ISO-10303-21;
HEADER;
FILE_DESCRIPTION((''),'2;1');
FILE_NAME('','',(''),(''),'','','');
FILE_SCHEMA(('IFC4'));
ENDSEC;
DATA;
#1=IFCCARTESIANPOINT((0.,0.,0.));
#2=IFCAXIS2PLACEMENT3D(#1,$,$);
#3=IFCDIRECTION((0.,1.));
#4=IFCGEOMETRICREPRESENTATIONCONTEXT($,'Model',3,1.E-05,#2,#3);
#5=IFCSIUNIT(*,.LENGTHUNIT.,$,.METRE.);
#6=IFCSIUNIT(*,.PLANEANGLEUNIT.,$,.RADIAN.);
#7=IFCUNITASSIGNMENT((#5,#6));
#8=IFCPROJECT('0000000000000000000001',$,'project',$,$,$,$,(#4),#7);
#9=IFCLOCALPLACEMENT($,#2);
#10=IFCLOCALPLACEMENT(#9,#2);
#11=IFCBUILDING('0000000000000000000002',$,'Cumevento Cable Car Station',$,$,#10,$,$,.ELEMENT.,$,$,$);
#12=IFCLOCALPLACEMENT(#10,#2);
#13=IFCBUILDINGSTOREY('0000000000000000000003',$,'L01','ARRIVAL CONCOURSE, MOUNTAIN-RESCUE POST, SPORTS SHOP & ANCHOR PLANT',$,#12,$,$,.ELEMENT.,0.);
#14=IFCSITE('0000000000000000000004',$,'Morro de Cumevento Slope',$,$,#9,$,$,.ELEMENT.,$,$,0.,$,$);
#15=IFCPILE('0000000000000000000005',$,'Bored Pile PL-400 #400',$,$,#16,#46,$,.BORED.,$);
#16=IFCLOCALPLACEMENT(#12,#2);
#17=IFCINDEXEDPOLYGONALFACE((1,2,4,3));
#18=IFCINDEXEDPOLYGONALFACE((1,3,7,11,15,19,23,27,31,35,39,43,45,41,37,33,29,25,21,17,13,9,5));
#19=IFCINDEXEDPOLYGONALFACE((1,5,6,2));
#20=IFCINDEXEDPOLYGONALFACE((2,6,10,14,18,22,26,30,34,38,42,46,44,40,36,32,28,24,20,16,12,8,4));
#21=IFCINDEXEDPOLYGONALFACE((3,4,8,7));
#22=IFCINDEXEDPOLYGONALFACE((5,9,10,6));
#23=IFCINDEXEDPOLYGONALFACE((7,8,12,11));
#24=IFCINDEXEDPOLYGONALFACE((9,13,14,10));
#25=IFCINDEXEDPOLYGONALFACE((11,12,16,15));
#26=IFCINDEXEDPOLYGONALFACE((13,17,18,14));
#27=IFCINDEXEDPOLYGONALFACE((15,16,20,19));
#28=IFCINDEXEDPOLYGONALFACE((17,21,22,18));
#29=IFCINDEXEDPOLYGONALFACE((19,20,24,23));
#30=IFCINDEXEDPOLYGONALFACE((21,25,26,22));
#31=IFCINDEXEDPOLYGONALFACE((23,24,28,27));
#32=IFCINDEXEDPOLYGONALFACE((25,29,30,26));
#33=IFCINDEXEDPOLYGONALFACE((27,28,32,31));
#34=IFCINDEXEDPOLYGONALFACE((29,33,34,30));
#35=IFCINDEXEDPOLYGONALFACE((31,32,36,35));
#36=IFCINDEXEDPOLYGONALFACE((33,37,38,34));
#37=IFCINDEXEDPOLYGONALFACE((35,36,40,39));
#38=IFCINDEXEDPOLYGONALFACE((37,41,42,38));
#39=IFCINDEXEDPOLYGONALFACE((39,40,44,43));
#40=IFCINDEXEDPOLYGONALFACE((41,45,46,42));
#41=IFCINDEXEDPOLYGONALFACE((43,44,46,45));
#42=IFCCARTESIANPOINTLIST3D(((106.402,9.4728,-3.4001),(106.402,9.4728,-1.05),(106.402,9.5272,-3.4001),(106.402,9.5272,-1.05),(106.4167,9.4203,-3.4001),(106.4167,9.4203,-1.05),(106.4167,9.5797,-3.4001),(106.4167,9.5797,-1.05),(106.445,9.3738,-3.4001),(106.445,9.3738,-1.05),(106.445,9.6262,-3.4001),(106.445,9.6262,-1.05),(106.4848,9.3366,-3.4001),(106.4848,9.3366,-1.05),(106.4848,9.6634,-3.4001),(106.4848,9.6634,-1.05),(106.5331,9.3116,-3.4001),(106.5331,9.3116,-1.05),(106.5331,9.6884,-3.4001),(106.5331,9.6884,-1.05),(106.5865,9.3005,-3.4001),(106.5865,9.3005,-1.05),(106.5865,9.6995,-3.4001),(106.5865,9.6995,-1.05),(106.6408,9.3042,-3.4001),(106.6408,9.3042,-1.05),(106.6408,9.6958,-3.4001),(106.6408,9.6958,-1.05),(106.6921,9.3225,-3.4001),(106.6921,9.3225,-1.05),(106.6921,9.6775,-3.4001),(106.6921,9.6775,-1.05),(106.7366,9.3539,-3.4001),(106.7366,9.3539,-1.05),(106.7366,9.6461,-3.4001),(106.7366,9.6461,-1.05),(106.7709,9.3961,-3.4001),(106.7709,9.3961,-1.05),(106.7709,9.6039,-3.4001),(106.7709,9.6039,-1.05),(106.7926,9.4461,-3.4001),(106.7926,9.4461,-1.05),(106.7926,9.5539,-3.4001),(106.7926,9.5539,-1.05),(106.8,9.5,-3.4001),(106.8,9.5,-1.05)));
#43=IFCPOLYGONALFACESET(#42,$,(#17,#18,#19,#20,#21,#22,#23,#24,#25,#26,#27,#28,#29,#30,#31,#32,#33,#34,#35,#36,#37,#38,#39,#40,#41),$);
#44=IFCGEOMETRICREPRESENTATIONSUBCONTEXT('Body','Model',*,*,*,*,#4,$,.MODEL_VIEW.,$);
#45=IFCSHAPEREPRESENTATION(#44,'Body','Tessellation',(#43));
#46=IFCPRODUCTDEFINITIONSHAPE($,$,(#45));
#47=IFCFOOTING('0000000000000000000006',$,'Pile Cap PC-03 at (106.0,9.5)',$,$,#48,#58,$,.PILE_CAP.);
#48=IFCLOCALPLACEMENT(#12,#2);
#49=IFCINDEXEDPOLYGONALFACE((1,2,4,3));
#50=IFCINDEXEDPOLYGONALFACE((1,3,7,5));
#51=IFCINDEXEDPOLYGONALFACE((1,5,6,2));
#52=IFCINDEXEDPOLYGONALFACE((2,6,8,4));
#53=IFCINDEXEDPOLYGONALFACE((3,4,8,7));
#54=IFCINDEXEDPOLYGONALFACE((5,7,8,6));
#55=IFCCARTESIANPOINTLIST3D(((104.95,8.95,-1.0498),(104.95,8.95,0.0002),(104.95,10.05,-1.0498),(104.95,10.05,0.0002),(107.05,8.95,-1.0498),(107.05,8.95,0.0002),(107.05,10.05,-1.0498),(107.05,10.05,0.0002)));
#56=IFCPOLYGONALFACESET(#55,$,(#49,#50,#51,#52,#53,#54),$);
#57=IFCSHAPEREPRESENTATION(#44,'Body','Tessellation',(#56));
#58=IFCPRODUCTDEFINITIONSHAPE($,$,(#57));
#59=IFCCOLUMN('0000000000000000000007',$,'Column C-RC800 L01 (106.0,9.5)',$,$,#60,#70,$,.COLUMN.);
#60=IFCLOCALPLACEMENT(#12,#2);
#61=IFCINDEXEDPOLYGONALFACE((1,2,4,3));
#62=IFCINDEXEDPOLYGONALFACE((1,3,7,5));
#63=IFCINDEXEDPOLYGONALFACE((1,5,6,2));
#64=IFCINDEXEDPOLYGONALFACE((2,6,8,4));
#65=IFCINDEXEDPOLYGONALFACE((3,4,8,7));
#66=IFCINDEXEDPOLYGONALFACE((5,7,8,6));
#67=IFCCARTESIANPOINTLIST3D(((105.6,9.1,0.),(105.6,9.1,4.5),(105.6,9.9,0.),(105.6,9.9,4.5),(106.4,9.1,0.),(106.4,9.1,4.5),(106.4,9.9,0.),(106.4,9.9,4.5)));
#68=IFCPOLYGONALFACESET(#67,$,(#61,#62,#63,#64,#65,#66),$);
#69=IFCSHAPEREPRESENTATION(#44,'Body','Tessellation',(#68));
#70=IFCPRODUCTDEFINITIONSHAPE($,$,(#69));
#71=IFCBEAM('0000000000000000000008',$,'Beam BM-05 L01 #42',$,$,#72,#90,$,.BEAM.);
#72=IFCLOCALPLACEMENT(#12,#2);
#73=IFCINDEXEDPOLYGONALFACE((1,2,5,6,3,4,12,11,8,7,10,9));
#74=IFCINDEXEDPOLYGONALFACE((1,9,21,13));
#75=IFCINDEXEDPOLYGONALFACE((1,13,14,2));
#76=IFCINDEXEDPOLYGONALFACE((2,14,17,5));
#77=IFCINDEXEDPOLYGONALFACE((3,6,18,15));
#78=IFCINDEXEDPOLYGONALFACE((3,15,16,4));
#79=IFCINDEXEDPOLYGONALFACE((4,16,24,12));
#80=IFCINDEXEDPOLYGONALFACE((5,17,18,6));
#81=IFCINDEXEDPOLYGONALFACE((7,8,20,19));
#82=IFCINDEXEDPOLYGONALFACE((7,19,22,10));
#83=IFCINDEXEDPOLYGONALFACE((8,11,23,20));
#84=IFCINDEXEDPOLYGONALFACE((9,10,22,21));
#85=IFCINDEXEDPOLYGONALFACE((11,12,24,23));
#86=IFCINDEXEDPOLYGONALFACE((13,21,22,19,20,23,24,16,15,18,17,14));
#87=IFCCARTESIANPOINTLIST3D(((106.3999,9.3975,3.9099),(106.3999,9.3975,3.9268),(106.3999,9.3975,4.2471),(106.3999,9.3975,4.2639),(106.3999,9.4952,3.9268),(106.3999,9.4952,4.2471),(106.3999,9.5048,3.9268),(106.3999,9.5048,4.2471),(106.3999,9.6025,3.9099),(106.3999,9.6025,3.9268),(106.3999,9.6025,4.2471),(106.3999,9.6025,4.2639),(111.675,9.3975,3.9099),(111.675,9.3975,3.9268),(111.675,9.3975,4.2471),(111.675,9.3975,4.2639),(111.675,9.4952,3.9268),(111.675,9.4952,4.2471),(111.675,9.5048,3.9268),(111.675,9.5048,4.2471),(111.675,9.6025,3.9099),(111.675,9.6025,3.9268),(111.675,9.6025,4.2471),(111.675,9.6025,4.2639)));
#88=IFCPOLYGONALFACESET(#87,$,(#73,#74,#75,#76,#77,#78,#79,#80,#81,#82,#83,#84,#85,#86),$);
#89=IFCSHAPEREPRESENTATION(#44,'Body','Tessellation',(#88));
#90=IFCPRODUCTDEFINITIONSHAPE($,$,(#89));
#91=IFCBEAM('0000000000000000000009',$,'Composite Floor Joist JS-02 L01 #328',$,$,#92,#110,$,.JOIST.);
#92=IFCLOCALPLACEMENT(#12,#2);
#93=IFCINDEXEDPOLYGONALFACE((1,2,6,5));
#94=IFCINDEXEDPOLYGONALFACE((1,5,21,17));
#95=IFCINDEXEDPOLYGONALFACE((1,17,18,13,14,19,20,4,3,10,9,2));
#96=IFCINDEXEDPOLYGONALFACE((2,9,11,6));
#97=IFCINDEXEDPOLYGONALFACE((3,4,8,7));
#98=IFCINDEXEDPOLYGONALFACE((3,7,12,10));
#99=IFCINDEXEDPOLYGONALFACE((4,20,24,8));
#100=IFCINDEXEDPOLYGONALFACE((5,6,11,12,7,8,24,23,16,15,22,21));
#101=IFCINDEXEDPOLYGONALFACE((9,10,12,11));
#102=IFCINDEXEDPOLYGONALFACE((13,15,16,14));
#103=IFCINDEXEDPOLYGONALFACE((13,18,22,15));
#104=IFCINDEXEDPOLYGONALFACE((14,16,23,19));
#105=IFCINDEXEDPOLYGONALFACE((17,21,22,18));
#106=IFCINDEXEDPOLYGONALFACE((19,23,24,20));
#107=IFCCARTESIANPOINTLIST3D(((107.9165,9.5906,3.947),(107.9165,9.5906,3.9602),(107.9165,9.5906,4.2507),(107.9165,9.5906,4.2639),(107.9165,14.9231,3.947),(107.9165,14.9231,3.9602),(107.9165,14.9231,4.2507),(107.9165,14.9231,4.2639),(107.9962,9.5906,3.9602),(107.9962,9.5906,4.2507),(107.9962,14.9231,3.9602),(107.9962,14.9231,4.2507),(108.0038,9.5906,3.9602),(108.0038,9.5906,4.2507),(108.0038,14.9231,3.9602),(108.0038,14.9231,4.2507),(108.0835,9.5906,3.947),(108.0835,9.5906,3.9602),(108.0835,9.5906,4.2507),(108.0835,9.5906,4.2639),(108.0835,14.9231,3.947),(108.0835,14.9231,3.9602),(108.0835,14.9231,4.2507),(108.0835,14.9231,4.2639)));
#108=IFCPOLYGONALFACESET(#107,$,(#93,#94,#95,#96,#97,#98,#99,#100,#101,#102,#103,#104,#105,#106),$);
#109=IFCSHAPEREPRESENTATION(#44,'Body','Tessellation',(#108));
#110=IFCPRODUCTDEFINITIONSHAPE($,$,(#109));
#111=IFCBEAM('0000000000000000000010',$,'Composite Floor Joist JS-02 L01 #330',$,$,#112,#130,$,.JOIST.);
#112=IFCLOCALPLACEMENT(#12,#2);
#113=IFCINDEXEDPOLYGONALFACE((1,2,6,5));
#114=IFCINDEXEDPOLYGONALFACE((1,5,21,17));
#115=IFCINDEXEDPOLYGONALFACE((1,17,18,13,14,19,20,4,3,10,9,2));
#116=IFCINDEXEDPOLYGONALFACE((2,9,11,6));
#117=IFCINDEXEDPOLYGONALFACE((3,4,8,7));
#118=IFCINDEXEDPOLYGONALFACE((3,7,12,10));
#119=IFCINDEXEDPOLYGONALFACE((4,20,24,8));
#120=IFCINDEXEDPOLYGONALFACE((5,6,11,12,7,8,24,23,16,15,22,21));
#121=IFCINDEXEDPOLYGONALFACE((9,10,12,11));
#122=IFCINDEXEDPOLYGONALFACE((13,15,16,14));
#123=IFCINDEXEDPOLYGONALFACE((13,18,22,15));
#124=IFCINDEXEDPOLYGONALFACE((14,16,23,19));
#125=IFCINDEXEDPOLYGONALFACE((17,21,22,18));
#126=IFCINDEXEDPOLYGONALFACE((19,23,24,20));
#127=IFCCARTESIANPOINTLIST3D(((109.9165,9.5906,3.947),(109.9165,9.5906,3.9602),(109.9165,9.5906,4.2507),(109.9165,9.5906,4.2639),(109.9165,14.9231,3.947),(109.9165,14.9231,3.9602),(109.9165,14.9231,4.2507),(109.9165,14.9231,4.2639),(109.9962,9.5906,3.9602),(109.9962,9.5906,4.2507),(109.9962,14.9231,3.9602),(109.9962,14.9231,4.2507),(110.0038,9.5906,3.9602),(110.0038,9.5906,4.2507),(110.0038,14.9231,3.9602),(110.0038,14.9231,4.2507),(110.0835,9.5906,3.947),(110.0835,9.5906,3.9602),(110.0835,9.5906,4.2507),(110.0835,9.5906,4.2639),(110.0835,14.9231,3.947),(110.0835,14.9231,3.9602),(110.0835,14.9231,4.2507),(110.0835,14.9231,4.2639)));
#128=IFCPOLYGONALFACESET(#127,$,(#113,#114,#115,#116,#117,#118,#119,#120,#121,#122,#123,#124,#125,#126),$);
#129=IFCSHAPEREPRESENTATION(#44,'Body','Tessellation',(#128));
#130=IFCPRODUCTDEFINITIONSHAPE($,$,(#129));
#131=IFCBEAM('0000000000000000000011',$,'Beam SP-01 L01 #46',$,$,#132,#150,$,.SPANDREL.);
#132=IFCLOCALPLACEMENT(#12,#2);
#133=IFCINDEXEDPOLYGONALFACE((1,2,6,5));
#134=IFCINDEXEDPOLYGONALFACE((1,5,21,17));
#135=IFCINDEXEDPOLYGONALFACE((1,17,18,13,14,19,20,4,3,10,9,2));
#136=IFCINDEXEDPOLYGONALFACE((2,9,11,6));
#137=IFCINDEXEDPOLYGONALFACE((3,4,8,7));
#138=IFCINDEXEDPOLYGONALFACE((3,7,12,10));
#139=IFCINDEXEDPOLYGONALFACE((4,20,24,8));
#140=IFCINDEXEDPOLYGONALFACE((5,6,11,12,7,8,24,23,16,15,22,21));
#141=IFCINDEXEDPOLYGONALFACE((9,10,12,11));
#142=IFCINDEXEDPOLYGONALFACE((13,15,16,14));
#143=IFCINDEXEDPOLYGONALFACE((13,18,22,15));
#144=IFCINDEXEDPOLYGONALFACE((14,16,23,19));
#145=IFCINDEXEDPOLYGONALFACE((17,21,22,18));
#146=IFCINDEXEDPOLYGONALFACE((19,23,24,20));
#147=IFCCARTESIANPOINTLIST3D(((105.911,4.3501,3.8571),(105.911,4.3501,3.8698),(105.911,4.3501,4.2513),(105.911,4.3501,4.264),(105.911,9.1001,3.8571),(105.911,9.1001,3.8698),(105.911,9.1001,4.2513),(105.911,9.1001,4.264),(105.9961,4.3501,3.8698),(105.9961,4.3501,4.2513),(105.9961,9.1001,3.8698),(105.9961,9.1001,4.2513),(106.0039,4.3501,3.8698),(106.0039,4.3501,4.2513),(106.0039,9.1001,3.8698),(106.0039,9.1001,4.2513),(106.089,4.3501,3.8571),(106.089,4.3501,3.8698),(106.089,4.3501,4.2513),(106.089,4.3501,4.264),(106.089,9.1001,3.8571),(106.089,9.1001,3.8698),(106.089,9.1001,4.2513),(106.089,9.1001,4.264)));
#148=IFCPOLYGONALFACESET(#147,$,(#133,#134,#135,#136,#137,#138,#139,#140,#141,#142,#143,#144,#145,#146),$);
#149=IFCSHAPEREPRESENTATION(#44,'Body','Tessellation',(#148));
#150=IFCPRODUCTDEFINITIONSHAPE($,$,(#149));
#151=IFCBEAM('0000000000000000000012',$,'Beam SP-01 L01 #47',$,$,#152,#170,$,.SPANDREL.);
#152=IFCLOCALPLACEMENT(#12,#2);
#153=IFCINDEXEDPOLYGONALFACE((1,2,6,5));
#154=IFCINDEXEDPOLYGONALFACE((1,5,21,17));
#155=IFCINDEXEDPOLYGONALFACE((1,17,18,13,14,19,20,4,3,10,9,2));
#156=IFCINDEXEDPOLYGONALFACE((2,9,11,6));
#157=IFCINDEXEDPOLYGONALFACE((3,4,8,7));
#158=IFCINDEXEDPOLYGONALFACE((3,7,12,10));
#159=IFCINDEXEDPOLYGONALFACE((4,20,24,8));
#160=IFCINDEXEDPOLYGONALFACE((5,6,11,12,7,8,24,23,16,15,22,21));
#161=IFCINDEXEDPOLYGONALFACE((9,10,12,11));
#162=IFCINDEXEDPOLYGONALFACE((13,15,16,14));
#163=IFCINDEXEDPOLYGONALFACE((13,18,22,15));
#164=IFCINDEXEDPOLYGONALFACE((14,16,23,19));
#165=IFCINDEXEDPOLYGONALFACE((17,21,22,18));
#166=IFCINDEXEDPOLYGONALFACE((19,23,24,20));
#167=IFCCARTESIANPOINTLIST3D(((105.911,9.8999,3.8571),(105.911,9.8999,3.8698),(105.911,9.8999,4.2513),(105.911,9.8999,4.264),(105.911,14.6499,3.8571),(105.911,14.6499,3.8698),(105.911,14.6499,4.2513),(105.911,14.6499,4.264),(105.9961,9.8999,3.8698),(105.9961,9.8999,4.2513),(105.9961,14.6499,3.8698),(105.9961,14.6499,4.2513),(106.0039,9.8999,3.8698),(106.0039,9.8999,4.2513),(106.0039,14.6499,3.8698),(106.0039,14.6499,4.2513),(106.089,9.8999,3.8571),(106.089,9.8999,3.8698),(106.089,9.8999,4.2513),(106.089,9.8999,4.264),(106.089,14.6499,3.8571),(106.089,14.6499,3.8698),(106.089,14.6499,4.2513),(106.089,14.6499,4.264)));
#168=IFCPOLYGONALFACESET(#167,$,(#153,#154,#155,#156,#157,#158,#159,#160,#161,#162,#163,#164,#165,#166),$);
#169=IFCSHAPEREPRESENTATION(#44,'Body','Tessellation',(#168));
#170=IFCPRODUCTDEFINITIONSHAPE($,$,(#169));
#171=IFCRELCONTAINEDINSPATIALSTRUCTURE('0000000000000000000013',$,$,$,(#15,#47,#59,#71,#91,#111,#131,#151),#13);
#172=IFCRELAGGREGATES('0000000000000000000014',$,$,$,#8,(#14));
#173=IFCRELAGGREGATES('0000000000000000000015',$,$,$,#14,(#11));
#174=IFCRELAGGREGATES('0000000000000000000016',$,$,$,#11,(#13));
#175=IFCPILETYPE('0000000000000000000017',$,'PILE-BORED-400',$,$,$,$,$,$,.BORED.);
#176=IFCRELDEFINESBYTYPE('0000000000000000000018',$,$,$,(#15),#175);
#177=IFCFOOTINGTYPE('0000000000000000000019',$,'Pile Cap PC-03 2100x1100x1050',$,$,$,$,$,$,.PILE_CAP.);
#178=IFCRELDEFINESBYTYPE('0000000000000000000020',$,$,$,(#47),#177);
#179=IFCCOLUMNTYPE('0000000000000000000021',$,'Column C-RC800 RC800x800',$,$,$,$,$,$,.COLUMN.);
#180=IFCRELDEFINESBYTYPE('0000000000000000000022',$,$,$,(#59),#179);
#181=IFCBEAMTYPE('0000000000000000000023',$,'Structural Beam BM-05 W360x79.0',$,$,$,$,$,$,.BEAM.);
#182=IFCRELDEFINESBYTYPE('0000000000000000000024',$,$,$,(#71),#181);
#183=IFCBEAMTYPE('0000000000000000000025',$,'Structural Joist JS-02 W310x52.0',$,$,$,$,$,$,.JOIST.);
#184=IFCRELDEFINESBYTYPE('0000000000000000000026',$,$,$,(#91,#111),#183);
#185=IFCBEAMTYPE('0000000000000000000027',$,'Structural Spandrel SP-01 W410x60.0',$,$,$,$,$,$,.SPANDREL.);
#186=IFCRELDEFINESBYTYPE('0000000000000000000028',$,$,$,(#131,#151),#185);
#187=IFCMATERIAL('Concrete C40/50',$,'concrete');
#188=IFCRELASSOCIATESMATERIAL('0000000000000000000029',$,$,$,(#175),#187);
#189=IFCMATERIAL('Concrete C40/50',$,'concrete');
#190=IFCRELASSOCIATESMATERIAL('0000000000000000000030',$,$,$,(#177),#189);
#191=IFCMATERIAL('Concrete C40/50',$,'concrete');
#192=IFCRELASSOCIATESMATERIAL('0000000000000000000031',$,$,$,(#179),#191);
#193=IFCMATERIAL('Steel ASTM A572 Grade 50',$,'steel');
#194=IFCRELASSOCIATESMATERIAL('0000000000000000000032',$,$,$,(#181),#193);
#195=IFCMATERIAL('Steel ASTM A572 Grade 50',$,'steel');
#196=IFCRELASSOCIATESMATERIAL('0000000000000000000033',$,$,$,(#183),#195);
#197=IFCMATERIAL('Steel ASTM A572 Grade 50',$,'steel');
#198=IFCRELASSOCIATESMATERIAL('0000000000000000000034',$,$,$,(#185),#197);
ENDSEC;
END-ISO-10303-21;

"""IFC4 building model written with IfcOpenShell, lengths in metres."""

from ifc_helpers import new_model, si_unit, direction, frame, origin, origin_2d, place, context, subcontext, project, spatial, rectangle, circle, i_section, extrude, material, material_profile, profile_set, type_object, element, save


model = new_model("IFC4")

# Units and contexts
model_context = context("Model", 3, precision=1e-05, world=origin(), true_north=direction((0.0, 1.0)))
body_context = subcontext(model_context, "Body", "Model", "MODEL_VIEW")
ifc_project = project(units=[si_unit("LENGTHUNIT", "METRE"), si_unit("PLANEANGLEUNIT", "RADIAN")], contexts=[model_context])

# Site, building, storey
site_placement = place(None, origin())
site = spatial("IfcSite", under=ifc_project, at=site_placement, Name="Morro de Cumevento Slope", CompositionType="ELEMENT", RefElevation=0.0)
building_placement = place(site_placement, origin())
building = spatial("IfcBuilding", under=site, at=building_placement, Name="Cumevento Cable Car Station", CompositionType="ELEMENT")
storey_placement = place(building_placement, origin())
storey = spatial("IfcBuildingStorey", under=building, at=storey_placement, Name="L01", Description="ARRIVAL CONCOURSE, MOUNTAIN-RESCUE POST, SPORTS SHOP & ANCHOR PLANT", CompositionType="ELEMENT", Elevation=0.0)

# Pile
ifc_material_1 = material(Name="Concrete C40/50", Category="concrete")
ifc_material_profile_1 = material_profile(ifc_material_1, circle(Radius=0.2, at=origin_2d()), Name="PILE-D400")
ifc_profile_set_1 = profile_set([ifc_material_profile_1], Name="Concrete C40/50")
pile_type = type_object("IfcPileType", Name="PILE-BORED-400", PredefinedType="BORED", material=ifc_profile_set_1)
pile_placement = place(storey_placement, frame((106.6001, 9.5, -1.05), z_axis=(0.0, 0.0, -1.0), x_axis=(1.0, 0.0, 0.0)))
element("IfcPile", 1, at=pile_placement, inside=storey, type_object=pile_type, Name="Bored Pile PL-400 #400", PredefinedType="BORED", context=body_context, shape_type="SweptSolid", body=[
    extrude(circle(Radius=0.2, at=origin_2d()), origin(), (0.0, 0.0, 1.0), 2.3501),
])

# Footing
ifc_material_2 = material(Name="Concrete C40/50", Category="concrete")
footing_type = type_object("IfcFootingType", Name="Pile Cap PC-03 2100x1100x1050", PredefinedType="PILE_CAP", material=ifc_material_2)
footing_placement = place(storey_placement, frame((106.0, 9.5, -1.0498), z_axis=(0.0, 0.0, 1.0), x_axis=(1.0, 0.0, 0.0)))
element("IfcFooting", 2, at=footing_placement, inside=storey, type_object=footing_type, Name="Pile Cap PC-03 at (106.0,9.5)", PredefinedType="PILE_CAP", context=body_context, shape_type="SweptSolid", body=[
    extrude(rectangle(XDim=2.1001, YDim=1.1001, at=origin_2d()), origin(), (0.0, 0.0, 1.0), 1.05),
])

# Column
ifc_material_3 = material(Name="Concrete C40/50", Category="concrete")
ifc_material_profile_2 = material_profile(ifc_material_3, rectangle(XDim=0.8, YDim=0.8, at=origin_2d()), Name="RC800x800")
ifc_profile_set_2 = profile_set([ifc_material_profile_2], Name="Concrete C40/50")
column_type = type_object("IfcColumnType", Name="Column C-RC800 RC800x800", PredefinedType="COLUMN", material=ifc_profile_set_2)
column_placement = place(storey_placement, frame((106.0, 9.5, 0.0), z_axis=(0.0, 0.0, 1.0), x_axis=(1.0, 0.0, 0.0)))
element("IfcColumn", 3, at=column_placement, inside=storey, type_object=column_type, Name="Column C-RC800 L01 (106.0,9.5)", PredefinedType="COLUMN", context=body_context, shape_type="SweptSolid", body=[
    extrude(rectangle(XDim=0.8, YDim=0.8, at=origin_2d()), origin(), (0.0, 0.0, 1.0), 4.5),
])

# Beams
ifc_material_4 = material(Name="Steel ASTM A572 Grade 50", Category="steel")
ifc_material_profile_3 = material_profile(ifc_material_4, i_section(OverallWidth=0.2051, OverallDepth=0.354, WebThickness=0.0095, FlangeThickness=0.0168, at=origin_2d()), Name="W360x79.0")
ifc_profile_set_3 = profile_set([ifc_material_profile_3], Name="Steel ASTM A572 Grade 50")
beam_type_1 = type_object("IfcBeamType", Name="Structural Beam BM-05 W360x79.0", PredefinedType="BEAM", material=ifc_profile_set_3)
beam_placement = place(storey_placement, frame((106.3999, 9.5, 4.0869), z_axis=(1.0, 0.0, 0.0), x_axis=(0.0, 1.0, 0.0)))
element("IfcBeam", 4, at=beam_placement, inside=storey, type_object=beam_type_1, Name="Beam BM-05 L01 #42", PredefinedType="BEAM", context=body_context, shape_type="SweptSolid", body=[
    extrude(i_section(OverallWidth=0.2051, OverallDepth=0.354, WebThickness=0.0095, FlangeThickness=0.0168, at=origin_2d()), origin(), (0.0, 0.0, 1.0), 5.2751),
])
ifc_material_5 = material(Name="Steel ASTM A572 Grade 50", Category="steel")
ifc_material_profile_4 = material_profile(ifc_material_5, i_section(OverallWidth=0.167, OverallDepth=0.3169, WebThickness=0.0076, FlangeThickness=0.0132, at=origin_2d()), Name="W310x52.0")
ifc_profile_set_4 = profile_set([ifc_material_profile_4], Name="Steel ASTM A572 Grade 50")
beam_type_2 = type_object("IfcBeamType", Name="Structural Joist JS-02 W310x52.0", PredefinedType="JOIST", material=ifc_profile_set_4)
for number, where, z_axis, x_axis, name in (
    (5, (108.0, 9.5906, 4.1055), (0.0, 1.0, 0.0), (-1.0, 0.0, 0.0), "Composite Floor Joist JS-02 L01 #328"),
    (6, (110.0, 9.5906, 4.1055), (0.0, 1.0, 0.0), (-1.0, 0.0, 0.0), "Composite Floor Joist JS-02 L01 #330"),
):
    element("IfcBeam", number, at=place(storey_placement, frame(where, z_axis=z_axis, x_axis=x_axis)), inside=storey, type_object=beam_type_2, Name=name, PredefinedType="JOIST", context=body_context, shape_type="SweptSolid", body=[
        extrude(i_section(OverallWidth=0.167, OverallDepth=0.3169, WebThickness=0.0076, FlangeThickness=0.0132, at=origin_2d()), origin(), (0.0, 0.0, 1.0), 5.3325),
    ])
ifc_material_6 = material(Name="Steel ASTM A572 Grade 50", Category="steel")
ifc_material_profile_5 = material_profile(ifc_material_6, i_section(OverallWidth=0.178, OverallDepth=0.407, WebThickness=0.0078, FlangeThickness=0.0127, at=origin_2d()), Name="W410x60.0")
ifc_profile_set_5 = profile_set([ifc_material_profile_5], Name="Steel ASTM A572 Grade 50")
beam_type_3 = type_object("IfcBeamType", Name="Structural Spandrel SP-01 W410x60.0", PredefinedType="SPANDREL", material=ifc_profile_set_5)
for number, where, z_axis, x_axis, name in (
    (7, (106.0, 4.3501, 4.0605), (0.0, 1.0, 0.0), (-1.0, 0.0, 0.0), "Beam SP-01 L01 #46"),
    (8, (106.0, 9.8999, 4.0605), (0.0, 1.0, 0.0), (-1.0, 0.0, 0.0), "Beam SP-01 L01 #47"),
):
    element("IfcBeam", number, at=place(storey_placement, frame(where, z_axis=z_axis, x_axis=x_axis)), inside=storey, type_object=beam_type_3, Name=name, PredefinedType="SPANDREL", context=body_context, shape_type="SweptSolid", body=[
        extrude(i_section(OverallWidth=0.178, OverallDepth=0.407, WebThickness=0.0078, FlangeThickness=0.0127, at=origin_2d()), origin(), (0.0, 0.0, 1.0), 4.75),
    ])

save(model, "model.ifc")
